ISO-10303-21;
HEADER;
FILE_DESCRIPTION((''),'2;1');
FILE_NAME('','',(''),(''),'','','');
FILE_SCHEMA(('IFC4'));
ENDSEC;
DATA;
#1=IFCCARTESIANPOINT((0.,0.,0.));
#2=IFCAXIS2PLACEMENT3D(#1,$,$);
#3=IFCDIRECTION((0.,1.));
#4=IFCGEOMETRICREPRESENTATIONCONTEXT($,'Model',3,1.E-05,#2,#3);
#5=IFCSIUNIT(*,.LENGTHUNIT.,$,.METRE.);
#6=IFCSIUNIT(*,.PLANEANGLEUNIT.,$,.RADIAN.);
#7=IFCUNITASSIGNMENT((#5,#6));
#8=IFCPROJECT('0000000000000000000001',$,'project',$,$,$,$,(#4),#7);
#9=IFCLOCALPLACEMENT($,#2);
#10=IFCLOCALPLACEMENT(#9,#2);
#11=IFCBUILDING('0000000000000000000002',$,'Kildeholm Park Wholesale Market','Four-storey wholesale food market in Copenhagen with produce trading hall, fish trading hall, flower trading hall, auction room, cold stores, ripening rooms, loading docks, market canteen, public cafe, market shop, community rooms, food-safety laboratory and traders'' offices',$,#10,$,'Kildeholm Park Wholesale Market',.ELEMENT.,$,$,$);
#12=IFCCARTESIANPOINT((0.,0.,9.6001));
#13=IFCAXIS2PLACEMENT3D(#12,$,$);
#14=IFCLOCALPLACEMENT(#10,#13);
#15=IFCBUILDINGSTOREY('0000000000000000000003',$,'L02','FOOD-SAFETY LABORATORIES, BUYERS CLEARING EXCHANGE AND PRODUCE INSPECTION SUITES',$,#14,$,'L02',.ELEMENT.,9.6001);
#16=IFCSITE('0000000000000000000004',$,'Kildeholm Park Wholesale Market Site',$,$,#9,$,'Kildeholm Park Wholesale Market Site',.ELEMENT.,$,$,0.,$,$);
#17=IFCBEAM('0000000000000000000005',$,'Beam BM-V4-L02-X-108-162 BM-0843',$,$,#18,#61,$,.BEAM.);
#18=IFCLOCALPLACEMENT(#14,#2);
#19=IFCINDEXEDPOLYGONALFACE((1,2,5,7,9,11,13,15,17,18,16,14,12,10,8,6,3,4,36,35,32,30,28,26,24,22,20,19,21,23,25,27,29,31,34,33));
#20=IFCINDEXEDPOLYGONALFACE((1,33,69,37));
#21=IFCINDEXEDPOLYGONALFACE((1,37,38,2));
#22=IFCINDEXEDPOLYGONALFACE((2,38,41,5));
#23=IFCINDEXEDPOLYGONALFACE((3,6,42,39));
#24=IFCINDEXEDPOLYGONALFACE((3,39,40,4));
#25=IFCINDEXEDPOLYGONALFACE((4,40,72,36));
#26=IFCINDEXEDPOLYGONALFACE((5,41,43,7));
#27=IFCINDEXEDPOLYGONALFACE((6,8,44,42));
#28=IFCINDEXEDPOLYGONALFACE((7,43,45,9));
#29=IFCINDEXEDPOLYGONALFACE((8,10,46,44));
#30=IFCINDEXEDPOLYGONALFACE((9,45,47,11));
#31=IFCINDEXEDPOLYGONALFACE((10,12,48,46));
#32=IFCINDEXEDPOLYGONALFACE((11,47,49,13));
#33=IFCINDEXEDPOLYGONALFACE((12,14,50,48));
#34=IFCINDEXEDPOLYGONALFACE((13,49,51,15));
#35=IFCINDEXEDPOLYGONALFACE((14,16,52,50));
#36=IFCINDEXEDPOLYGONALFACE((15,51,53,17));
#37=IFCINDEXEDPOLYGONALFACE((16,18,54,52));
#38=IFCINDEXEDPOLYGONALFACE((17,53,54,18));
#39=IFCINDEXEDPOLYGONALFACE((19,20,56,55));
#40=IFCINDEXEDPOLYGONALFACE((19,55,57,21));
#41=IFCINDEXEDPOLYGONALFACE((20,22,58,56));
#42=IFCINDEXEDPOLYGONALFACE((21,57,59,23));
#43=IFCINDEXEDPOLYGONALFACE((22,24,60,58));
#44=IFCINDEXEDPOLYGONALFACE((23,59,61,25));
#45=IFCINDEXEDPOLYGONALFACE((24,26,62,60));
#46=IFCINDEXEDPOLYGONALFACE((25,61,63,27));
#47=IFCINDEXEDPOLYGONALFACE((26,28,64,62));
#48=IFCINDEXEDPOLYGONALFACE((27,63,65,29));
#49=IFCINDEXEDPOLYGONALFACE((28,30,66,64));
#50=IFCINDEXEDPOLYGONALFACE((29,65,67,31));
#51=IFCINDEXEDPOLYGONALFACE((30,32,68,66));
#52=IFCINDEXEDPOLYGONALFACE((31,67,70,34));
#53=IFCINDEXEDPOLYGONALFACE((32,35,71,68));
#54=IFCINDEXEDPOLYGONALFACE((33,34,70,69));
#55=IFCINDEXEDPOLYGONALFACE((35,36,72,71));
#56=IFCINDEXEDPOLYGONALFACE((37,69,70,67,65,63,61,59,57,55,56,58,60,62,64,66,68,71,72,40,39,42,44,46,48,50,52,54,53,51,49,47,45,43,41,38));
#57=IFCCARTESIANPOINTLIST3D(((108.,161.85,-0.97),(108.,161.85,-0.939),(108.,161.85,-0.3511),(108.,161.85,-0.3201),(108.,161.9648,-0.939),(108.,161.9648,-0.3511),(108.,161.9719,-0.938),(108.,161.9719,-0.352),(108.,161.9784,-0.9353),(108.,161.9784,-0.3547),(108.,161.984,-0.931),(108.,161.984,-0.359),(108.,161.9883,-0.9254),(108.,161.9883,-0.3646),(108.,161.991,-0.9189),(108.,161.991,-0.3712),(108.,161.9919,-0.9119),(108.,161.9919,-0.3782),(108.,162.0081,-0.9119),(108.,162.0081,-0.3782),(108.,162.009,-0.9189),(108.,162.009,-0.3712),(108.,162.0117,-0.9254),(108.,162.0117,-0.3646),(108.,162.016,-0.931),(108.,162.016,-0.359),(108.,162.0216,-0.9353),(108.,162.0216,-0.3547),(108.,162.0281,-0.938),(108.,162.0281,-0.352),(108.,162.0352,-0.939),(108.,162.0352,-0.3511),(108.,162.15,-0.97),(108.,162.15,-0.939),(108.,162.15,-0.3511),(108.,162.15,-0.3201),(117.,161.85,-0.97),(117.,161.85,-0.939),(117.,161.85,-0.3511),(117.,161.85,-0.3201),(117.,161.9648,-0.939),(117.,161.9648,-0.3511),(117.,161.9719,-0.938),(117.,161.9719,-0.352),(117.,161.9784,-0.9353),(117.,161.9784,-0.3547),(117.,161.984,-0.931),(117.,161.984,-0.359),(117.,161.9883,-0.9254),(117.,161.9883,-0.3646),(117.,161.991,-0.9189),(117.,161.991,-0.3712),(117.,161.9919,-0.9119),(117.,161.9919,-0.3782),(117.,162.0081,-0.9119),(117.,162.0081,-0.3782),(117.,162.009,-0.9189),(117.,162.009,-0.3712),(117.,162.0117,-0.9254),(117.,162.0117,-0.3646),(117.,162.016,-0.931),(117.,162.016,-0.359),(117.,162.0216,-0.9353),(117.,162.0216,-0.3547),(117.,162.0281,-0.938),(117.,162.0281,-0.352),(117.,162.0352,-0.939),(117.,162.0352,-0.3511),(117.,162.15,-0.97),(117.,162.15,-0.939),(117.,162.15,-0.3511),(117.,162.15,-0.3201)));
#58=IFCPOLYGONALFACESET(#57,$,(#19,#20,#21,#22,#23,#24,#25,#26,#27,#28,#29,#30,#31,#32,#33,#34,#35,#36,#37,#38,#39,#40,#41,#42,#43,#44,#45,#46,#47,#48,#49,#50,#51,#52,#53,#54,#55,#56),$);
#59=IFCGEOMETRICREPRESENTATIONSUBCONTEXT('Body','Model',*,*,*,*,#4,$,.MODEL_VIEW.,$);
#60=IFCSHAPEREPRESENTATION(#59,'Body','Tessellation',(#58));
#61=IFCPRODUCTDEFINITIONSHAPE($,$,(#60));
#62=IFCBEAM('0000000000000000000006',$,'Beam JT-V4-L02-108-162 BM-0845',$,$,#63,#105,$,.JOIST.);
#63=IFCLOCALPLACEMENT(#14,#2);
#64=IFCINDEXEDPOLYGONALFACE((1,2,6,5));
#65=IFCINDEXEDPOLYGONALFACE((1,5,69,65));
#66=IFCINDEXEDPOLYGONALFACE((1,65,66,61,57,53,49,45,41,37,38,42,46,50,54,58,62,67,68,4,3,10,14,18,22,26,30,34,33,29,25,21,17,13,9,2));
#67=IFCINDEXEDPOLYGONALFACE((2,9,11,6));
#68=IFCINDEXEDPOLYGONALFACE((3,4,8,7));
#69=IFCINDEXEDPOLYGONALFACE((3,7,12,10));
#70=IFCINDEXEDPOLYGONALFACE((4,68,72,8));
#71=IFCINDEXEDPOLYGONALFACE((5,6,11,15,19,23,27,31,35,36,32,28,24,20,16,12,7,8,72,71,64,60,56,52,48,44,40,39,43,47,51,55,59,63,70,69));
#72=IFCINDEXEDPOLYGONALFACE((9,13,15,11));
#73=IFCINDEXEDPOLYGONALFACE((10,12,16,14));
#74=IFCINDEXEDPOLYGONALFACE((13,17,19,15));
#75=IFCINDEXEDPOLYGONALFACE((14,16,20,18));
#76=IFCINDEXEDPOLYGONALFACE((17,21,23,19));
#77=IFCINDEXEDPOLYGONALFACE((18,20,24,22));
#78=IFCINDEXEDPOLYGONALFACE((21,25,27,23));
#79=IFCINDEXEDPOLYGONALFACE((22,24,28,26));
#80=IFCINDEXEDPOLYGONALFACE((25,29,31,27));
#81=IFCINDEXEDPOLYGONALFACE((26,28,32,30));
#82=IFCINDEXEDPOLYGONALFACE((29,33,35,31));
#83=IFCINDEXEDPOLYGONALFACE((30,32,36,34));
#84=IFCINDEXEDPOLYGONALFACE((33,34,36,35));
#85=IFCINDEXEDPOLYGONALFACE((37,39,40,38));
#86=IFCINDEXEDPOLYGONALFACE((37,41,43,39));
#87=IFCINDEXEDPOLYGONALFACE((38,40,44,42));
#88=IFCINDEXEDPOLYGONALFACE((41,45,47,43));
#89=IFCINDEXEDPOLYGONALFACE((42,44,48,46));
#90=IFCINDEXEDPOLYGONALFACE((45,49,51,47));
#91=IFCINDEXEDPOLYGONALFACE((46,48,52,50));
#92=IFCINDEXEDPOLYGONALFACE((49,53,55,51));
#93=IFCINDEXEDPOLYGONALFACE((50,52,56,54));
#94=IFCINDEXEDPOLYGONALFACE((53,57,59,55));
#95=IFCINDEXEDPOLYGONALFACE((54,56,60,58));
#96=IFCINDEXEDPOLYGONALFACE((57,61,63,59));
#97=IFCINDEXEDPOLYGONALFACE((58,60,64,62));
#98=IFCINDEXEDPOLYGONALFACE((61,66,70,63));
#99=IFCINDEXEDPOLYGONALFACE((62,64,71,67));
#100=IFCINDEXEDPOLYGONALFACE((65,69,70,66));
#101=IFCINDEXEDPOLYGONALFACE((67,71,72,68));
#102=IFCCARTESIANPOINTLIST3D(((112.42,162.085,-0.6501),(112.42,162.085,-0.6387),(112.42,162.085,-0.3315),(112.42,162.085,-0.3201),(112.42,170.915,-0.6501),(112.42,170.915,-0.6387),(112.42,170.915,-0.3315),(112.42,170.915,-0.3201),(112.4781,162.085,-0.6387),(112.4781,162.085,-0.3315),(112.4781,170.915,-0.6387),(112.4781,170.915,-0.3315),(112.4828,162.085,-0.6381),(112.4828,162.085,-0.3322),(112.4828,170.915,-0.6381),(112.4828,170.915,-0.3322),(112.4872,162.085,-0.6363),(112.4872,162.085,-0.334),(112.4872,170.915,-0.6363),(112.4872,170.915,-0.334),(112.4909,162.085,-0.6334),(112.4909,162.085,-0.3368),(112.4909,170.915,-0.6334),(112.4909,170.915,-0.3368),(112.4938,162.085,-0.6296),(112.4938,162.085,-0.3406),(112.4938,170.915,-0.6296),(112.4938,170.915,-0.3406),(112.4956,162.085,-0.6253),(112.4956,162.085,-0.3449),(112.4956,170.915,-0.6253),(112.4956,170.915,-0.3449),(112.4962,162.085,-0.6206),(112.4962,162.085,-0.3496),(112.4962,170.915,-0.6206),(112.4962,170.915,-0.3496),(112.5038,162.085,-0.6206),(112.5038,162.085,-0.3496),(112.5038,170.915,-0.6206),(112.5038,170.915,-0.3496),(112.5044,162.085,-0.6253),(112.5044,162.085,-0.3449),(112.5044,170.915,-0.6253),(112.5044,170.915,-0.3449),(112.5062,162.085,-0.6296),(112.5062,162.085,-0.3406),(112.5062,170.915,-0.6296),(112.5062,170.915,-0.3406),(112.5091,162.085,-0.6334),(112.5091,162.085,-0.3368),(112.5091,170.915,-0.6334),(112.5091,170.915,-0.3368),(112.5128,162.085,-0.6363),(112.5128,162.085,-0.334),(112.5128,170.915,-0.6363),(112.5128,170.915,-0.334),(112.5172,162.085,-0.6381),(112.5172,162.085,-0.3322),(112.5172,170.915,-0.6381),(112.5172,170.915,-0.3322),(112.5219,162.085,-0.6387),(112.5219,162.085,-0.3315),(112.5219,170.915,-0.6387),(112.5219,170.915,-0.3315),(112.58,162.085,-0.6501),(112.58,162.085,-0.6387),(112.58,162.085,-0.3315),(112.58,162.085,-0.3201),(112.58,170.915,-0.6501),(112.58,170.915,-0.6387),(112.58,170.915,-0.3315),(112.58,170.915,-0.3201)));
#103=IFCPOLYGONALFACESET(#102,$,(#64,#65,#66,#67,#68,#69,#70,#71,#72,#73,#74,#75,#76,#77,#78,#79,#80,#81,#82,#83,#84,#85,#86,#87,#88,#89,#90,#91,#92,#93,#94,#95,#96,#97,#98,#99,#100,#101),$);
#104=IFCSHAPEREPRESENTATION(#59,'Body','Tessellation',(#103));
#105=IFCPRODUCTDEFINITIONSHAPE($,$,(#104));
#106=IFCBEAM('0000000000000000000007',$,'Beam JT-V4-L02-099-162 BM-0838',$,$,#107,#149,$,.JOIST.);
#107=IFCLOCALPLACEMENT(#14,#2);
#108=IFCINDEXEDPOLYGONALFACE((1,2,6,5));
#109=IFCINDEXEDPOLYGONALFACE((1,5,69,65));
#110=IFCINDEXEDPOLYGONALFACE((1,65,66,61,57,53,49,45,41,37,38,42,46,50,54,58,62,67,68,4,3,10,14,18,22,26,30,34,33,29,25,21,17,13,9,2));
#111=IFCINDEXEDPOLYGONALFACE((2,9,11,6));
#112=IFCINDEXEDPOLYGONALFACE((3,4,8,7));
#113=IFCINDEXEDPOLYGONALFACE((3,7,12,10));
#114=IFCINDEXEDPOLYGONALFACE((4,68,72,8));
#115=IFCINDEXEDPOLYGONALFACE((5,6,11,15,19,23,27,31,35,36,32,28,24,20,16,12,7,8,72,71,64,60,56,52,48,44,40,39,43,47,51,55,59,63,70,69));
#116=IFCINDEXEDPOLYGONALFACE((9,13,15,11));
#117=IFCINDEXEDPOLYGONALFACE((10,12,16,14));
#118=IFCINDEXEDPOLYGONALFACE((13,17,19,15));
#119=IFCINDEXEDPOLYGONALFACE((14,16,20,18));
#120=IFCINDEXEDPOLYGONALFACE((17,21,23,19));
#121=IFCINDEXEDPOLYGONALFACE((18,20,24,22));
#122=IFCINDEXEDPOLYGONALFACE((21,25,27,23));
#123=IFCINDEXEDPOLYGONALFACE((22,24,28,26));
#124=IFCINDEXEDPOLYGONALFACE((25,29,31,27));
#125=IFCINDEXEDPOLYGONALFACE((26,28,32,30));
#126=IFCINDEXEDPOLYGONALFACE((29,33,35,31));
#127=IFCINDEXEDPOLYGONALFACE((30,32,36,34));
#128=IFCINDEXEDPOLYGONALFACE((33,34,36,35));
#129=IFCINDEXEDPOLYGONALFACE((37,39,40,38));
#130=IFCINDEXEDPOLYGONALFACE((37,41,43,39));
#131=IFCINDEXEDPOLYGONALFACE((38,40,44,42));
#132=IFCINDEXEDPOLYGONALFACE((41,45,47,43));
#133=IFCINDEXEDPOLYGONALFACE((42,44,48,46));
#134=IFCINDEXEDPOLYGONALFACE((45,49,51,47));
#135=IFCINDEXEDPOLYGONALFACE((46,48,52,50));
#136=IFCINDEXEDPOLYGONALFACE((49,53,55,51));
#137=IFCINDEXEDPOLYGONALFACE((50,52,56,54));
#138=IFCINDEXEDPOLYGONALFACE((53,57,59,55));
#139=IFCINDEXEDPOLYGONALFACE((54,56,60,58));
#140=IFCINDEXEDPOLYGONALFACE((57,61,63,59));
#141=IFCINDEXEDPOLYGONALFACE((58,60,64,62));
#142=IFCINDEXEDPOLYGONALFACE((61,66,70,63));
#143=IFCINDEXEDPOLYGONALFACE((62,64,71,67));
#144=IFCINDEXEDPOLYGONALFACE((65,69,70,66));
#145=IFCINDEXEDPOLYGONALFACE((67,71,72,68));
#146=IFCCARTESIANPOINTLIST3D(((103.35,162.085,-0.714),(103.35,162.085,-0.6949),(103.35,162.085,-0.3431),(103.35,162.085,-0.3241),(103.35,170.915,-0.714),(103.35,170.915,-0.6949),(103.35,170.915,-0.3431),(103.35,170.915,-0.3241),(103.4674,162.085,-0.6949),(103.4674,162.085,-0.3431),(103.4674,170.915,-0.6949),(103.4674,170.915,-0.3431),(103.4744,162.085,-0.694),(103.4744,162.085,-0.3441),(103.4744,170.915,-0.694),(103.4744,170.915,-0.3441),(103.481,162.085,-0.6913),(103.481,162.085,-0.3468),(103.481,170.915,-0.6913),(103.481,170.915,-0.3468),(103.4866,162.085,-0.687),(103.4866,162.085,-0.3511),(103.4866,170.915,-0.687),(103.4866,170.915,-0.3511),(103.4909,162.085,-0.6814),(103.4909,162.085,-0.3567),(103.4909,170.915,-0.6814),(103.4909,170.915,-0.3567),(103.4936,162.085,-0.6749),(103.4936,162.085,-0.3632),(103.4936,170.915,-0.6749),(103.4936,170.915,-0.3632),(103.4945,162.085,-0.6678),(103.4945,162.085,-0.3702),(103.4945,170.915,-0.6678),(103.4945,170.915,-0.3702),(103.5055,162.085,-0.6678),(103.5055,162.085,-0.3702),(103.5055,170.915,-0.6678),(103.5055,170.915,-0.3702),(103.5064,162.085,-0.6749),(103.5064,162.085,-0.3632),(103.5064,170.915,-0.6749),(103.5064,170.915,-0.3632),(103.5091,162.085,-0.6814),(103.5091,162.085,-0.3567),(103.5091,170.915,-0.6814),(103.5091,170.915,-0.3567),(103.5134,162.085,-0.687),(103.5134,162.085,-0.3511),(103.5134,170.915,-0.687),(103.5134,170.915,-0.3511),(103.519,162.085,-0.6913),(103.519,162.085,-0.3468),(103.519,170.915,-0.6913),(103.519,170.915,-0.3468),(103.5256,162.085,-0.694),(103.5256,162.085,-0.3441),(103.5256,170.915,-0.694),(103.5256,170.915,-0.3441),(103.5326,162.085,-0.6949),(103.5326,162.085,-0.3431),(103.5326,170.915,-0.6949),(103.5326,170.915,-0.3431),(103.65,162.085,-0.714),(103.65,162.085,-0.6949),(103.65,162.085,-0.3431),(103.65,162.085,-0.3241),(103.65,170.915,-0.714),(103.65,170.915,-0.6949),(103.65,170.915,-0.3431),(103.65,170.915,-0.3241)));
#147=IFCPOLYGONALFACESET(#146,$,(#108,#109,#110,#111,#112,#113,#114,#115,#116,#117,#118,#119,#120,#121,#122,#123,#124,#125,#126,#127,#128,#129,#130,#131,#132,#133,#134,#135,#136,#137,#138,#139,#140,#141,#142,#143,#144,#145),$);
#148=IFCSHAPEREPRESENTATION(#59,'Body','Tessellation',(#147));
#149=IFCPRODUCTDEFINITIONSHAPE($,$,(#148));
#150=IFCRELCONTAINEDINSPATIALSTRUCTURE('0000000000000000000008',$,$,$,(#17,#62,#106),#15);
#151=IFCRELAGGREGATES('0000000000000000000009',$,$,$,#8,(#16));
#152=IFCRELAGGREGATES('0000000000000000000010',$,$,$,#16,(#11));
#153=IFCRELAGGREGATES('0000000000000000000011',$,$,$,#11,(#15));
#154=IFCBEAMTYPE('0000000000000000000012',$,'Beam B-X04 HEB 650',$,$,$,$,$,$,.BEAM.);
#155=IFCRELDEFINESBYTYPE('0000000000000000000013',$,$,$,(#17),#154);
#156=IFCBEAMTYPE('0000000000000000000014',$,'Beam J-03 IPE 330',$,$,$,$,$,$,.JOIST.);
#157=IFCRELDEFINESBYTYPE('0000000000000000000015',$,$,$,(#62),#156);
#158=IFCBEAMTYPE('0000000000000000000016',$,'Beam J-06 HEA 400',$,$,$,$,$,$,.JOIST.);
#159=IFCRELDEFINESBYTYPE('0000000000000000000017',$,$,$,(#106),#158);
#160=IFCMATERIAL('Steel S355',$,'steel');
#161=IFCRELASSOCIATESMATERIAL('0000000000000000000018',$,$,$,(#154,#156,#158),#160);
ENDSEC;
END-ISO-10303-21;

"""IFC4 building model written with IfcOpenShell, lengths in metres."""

from ifc_helpers import new_model, si_unit, direction, frame, origin, origin_2d, place, context, subcontext, project, spatial, i_section, extrude, material, material_profile, profile_set, type_object, element, save


model = new_model("IFC4")

# Units and contexts
model_context = context("Model", 3, precision=1e-05, world=origin(), true_north=direction((0.0, 1.0)))
body_context = subcontext(model_context, "Body", "Model", "MODEL_VIEW")
ifc_project = project(units=[si_unit("LENGTHUNIT", "METRE"), si_unit("PLANEANGLEUNIT", "RADIAN")], contexts=[model_context])

# Site, building, storey
site_placement = place(None, origin())
site = spatial("IfcSite", under=ifc_project, at=site_placement, Name="Kildeholm Park Wholesale Market Site", LongName="Kildeholm Park Wholesale Market Site", CompositionType="ELEMENT", RefElevation=0.0)
building_placement = place(site_placement, origin())
building = spatial("IfcBuilding", under=site, at=building_placement, Name="Kildeholm Park Wholesale Market", Description="Four-storey wholesale food market in Copenhagen with produce trading hall, fish trading hall, flower trading hall, auction room, cold stores, ripening rooms, loading docks, market canteen, public cafe, market shop, community rooms, food-safety laboratory and traders' offices", LongName="Kildeholm Park Wholesale Market", CompositionType="ELEMENT")
storey_placement = place(building_placement, frame((0.0, 0.0, 9.6001)))
storey = spatial("IfcBuildingStorey", under=building, at=storey_placement, Name="L02", Description="FOOD-SAFETY LABORATORIES, BUYERS CLEARING EXCHANGE AND PRODUCE INSPECTION SUITES", LongName="L02", CompositionType="ELEMENT", Elevation=9.6001)

# Beams
ifc_material_1 = material(Name="Steel S355", Category="steel")
ifc_material_profile_1 = material_profile(ifc_material_1, i_section(OverallWidth=0.3, OverallDepth=0.6499, WebThickness=0.0161, FlangeThickness=0.031, FilletRadius=0.0271, at=origin_2d()), Name="HEB 650")
ifc_profile_set_1 = profile_set([ifc_material_profile_1], Name="Steel S355")
beam_type_1 = type_object("IfcBeamType", Name="Beam B-X04 HEB 650", PredefinedType="BEAM", material=ifc_profile_set_1)
beam_1_placement = place(storey_placement, frame((108.0, 162.0, -0.645), z_axis=(1.0, 0.0, 0.0), x_axis=(0.0, 1.0, 0.0)))
element("IfcBeam", 1, at=beam_1_placement, inside=storey, type_object=beam_type_1, Name="Beam BM-V4-L02-X-108-162 BM-0843", PredefinedType="BEAM", context=body_context, shape_type="SweptSolid", body=[
    extrude(i_section(OverallWidth=0.3, OverallDepth=0.6499, WebThickness=0.0161, FlangeThickness=0.031, FilletRadius=0.0271, at=origin_2d()), origin(), (0.0, 0.0, 1.0), 9.0),
])
ifc_material_profile_2 = material_profile(ifc_material_1, i_section(OverallWidth=0.1599, OverallDepth=0.3301, WebThickness=0.0076, FlangeThickness=0.0115, FilletRadius=0.0181, at=origin_2d()), Name="IPE 330")
ifc_profile_set_2 = profile_set([ifc_material_profile_2], Name="Steel S355")
beam_type_2 = type_object("IfcBeamType", Name="Beam J-03 IPE 330", PredefinedType="JOIST", material=ifc_profile_set_2)
beam_2_placement = place(storey_placement, frame((112.5, 162.085, -0.4851), z_axis=(0.0, 1.0, 0.0), x_axis=(-1.0, 0.0, 0.0)))
element("IfcBeam", 2, at=beam_2_placement, inside=storey, type_object=beam_type_2, Name="Beam JT-V4-L02-108-162 BM-0845", PredefinedType="JOIST", context=body_context, shape_type="SweptSolid", body=[
    extrude(i_section(OverallWidth=0.1599, OverallDepth=0.3301, WebThickness=0.0076, FlangeThickness=0.0115, FilletRadius=0.0181, at=origin_2d()), origin(), (0.0, 0.0, 1.0), 8.8301),
])
ifc_material_profile_3 = material_profile(ifc_material_1, i_section(OverallWidth=0.3, OverallDepth=0.3899, WebThickness=0.011, FlangeThickness=0.019, FilletRadius=0.0271, at=origin_2d()), Name="HEA 400")
ifc_profile_set_3 = profile_set([ifc_material_profile_3], Name="Steel S355")
beam_type_3 = type_object("IfcBeamType", Name="Beam J-06 HEA 400", PredefinedType="JOIST", material=ifc_profile_set_3)
beam_3_placement = place(storey_placement, frame((103.5, 162.085, -0.519), z_axis=(0.0, 1.0, 0.0), x_axis=(-1.0, 0.0, 0.0)))
element("IfcBeam", 3, at=beam_3_placement, inside=storey, type_object=beam_type_3, Name="Beam JT-V4-L02-099-162 BM-0838", PredefinedType="JOIST", context=body_context, shape_type="SweptSolid", body=[
    extrude(i_section(OverallWidth=0.3, OverallDepth=0.3899, WebThickness=0.011, FlangeThickness=0.019, FilletRadius=0.0271, at=origin_2d()), origin(), (0.0, 0.0, 1.0), 8.8301),
])

save(model, "model.ifc")
